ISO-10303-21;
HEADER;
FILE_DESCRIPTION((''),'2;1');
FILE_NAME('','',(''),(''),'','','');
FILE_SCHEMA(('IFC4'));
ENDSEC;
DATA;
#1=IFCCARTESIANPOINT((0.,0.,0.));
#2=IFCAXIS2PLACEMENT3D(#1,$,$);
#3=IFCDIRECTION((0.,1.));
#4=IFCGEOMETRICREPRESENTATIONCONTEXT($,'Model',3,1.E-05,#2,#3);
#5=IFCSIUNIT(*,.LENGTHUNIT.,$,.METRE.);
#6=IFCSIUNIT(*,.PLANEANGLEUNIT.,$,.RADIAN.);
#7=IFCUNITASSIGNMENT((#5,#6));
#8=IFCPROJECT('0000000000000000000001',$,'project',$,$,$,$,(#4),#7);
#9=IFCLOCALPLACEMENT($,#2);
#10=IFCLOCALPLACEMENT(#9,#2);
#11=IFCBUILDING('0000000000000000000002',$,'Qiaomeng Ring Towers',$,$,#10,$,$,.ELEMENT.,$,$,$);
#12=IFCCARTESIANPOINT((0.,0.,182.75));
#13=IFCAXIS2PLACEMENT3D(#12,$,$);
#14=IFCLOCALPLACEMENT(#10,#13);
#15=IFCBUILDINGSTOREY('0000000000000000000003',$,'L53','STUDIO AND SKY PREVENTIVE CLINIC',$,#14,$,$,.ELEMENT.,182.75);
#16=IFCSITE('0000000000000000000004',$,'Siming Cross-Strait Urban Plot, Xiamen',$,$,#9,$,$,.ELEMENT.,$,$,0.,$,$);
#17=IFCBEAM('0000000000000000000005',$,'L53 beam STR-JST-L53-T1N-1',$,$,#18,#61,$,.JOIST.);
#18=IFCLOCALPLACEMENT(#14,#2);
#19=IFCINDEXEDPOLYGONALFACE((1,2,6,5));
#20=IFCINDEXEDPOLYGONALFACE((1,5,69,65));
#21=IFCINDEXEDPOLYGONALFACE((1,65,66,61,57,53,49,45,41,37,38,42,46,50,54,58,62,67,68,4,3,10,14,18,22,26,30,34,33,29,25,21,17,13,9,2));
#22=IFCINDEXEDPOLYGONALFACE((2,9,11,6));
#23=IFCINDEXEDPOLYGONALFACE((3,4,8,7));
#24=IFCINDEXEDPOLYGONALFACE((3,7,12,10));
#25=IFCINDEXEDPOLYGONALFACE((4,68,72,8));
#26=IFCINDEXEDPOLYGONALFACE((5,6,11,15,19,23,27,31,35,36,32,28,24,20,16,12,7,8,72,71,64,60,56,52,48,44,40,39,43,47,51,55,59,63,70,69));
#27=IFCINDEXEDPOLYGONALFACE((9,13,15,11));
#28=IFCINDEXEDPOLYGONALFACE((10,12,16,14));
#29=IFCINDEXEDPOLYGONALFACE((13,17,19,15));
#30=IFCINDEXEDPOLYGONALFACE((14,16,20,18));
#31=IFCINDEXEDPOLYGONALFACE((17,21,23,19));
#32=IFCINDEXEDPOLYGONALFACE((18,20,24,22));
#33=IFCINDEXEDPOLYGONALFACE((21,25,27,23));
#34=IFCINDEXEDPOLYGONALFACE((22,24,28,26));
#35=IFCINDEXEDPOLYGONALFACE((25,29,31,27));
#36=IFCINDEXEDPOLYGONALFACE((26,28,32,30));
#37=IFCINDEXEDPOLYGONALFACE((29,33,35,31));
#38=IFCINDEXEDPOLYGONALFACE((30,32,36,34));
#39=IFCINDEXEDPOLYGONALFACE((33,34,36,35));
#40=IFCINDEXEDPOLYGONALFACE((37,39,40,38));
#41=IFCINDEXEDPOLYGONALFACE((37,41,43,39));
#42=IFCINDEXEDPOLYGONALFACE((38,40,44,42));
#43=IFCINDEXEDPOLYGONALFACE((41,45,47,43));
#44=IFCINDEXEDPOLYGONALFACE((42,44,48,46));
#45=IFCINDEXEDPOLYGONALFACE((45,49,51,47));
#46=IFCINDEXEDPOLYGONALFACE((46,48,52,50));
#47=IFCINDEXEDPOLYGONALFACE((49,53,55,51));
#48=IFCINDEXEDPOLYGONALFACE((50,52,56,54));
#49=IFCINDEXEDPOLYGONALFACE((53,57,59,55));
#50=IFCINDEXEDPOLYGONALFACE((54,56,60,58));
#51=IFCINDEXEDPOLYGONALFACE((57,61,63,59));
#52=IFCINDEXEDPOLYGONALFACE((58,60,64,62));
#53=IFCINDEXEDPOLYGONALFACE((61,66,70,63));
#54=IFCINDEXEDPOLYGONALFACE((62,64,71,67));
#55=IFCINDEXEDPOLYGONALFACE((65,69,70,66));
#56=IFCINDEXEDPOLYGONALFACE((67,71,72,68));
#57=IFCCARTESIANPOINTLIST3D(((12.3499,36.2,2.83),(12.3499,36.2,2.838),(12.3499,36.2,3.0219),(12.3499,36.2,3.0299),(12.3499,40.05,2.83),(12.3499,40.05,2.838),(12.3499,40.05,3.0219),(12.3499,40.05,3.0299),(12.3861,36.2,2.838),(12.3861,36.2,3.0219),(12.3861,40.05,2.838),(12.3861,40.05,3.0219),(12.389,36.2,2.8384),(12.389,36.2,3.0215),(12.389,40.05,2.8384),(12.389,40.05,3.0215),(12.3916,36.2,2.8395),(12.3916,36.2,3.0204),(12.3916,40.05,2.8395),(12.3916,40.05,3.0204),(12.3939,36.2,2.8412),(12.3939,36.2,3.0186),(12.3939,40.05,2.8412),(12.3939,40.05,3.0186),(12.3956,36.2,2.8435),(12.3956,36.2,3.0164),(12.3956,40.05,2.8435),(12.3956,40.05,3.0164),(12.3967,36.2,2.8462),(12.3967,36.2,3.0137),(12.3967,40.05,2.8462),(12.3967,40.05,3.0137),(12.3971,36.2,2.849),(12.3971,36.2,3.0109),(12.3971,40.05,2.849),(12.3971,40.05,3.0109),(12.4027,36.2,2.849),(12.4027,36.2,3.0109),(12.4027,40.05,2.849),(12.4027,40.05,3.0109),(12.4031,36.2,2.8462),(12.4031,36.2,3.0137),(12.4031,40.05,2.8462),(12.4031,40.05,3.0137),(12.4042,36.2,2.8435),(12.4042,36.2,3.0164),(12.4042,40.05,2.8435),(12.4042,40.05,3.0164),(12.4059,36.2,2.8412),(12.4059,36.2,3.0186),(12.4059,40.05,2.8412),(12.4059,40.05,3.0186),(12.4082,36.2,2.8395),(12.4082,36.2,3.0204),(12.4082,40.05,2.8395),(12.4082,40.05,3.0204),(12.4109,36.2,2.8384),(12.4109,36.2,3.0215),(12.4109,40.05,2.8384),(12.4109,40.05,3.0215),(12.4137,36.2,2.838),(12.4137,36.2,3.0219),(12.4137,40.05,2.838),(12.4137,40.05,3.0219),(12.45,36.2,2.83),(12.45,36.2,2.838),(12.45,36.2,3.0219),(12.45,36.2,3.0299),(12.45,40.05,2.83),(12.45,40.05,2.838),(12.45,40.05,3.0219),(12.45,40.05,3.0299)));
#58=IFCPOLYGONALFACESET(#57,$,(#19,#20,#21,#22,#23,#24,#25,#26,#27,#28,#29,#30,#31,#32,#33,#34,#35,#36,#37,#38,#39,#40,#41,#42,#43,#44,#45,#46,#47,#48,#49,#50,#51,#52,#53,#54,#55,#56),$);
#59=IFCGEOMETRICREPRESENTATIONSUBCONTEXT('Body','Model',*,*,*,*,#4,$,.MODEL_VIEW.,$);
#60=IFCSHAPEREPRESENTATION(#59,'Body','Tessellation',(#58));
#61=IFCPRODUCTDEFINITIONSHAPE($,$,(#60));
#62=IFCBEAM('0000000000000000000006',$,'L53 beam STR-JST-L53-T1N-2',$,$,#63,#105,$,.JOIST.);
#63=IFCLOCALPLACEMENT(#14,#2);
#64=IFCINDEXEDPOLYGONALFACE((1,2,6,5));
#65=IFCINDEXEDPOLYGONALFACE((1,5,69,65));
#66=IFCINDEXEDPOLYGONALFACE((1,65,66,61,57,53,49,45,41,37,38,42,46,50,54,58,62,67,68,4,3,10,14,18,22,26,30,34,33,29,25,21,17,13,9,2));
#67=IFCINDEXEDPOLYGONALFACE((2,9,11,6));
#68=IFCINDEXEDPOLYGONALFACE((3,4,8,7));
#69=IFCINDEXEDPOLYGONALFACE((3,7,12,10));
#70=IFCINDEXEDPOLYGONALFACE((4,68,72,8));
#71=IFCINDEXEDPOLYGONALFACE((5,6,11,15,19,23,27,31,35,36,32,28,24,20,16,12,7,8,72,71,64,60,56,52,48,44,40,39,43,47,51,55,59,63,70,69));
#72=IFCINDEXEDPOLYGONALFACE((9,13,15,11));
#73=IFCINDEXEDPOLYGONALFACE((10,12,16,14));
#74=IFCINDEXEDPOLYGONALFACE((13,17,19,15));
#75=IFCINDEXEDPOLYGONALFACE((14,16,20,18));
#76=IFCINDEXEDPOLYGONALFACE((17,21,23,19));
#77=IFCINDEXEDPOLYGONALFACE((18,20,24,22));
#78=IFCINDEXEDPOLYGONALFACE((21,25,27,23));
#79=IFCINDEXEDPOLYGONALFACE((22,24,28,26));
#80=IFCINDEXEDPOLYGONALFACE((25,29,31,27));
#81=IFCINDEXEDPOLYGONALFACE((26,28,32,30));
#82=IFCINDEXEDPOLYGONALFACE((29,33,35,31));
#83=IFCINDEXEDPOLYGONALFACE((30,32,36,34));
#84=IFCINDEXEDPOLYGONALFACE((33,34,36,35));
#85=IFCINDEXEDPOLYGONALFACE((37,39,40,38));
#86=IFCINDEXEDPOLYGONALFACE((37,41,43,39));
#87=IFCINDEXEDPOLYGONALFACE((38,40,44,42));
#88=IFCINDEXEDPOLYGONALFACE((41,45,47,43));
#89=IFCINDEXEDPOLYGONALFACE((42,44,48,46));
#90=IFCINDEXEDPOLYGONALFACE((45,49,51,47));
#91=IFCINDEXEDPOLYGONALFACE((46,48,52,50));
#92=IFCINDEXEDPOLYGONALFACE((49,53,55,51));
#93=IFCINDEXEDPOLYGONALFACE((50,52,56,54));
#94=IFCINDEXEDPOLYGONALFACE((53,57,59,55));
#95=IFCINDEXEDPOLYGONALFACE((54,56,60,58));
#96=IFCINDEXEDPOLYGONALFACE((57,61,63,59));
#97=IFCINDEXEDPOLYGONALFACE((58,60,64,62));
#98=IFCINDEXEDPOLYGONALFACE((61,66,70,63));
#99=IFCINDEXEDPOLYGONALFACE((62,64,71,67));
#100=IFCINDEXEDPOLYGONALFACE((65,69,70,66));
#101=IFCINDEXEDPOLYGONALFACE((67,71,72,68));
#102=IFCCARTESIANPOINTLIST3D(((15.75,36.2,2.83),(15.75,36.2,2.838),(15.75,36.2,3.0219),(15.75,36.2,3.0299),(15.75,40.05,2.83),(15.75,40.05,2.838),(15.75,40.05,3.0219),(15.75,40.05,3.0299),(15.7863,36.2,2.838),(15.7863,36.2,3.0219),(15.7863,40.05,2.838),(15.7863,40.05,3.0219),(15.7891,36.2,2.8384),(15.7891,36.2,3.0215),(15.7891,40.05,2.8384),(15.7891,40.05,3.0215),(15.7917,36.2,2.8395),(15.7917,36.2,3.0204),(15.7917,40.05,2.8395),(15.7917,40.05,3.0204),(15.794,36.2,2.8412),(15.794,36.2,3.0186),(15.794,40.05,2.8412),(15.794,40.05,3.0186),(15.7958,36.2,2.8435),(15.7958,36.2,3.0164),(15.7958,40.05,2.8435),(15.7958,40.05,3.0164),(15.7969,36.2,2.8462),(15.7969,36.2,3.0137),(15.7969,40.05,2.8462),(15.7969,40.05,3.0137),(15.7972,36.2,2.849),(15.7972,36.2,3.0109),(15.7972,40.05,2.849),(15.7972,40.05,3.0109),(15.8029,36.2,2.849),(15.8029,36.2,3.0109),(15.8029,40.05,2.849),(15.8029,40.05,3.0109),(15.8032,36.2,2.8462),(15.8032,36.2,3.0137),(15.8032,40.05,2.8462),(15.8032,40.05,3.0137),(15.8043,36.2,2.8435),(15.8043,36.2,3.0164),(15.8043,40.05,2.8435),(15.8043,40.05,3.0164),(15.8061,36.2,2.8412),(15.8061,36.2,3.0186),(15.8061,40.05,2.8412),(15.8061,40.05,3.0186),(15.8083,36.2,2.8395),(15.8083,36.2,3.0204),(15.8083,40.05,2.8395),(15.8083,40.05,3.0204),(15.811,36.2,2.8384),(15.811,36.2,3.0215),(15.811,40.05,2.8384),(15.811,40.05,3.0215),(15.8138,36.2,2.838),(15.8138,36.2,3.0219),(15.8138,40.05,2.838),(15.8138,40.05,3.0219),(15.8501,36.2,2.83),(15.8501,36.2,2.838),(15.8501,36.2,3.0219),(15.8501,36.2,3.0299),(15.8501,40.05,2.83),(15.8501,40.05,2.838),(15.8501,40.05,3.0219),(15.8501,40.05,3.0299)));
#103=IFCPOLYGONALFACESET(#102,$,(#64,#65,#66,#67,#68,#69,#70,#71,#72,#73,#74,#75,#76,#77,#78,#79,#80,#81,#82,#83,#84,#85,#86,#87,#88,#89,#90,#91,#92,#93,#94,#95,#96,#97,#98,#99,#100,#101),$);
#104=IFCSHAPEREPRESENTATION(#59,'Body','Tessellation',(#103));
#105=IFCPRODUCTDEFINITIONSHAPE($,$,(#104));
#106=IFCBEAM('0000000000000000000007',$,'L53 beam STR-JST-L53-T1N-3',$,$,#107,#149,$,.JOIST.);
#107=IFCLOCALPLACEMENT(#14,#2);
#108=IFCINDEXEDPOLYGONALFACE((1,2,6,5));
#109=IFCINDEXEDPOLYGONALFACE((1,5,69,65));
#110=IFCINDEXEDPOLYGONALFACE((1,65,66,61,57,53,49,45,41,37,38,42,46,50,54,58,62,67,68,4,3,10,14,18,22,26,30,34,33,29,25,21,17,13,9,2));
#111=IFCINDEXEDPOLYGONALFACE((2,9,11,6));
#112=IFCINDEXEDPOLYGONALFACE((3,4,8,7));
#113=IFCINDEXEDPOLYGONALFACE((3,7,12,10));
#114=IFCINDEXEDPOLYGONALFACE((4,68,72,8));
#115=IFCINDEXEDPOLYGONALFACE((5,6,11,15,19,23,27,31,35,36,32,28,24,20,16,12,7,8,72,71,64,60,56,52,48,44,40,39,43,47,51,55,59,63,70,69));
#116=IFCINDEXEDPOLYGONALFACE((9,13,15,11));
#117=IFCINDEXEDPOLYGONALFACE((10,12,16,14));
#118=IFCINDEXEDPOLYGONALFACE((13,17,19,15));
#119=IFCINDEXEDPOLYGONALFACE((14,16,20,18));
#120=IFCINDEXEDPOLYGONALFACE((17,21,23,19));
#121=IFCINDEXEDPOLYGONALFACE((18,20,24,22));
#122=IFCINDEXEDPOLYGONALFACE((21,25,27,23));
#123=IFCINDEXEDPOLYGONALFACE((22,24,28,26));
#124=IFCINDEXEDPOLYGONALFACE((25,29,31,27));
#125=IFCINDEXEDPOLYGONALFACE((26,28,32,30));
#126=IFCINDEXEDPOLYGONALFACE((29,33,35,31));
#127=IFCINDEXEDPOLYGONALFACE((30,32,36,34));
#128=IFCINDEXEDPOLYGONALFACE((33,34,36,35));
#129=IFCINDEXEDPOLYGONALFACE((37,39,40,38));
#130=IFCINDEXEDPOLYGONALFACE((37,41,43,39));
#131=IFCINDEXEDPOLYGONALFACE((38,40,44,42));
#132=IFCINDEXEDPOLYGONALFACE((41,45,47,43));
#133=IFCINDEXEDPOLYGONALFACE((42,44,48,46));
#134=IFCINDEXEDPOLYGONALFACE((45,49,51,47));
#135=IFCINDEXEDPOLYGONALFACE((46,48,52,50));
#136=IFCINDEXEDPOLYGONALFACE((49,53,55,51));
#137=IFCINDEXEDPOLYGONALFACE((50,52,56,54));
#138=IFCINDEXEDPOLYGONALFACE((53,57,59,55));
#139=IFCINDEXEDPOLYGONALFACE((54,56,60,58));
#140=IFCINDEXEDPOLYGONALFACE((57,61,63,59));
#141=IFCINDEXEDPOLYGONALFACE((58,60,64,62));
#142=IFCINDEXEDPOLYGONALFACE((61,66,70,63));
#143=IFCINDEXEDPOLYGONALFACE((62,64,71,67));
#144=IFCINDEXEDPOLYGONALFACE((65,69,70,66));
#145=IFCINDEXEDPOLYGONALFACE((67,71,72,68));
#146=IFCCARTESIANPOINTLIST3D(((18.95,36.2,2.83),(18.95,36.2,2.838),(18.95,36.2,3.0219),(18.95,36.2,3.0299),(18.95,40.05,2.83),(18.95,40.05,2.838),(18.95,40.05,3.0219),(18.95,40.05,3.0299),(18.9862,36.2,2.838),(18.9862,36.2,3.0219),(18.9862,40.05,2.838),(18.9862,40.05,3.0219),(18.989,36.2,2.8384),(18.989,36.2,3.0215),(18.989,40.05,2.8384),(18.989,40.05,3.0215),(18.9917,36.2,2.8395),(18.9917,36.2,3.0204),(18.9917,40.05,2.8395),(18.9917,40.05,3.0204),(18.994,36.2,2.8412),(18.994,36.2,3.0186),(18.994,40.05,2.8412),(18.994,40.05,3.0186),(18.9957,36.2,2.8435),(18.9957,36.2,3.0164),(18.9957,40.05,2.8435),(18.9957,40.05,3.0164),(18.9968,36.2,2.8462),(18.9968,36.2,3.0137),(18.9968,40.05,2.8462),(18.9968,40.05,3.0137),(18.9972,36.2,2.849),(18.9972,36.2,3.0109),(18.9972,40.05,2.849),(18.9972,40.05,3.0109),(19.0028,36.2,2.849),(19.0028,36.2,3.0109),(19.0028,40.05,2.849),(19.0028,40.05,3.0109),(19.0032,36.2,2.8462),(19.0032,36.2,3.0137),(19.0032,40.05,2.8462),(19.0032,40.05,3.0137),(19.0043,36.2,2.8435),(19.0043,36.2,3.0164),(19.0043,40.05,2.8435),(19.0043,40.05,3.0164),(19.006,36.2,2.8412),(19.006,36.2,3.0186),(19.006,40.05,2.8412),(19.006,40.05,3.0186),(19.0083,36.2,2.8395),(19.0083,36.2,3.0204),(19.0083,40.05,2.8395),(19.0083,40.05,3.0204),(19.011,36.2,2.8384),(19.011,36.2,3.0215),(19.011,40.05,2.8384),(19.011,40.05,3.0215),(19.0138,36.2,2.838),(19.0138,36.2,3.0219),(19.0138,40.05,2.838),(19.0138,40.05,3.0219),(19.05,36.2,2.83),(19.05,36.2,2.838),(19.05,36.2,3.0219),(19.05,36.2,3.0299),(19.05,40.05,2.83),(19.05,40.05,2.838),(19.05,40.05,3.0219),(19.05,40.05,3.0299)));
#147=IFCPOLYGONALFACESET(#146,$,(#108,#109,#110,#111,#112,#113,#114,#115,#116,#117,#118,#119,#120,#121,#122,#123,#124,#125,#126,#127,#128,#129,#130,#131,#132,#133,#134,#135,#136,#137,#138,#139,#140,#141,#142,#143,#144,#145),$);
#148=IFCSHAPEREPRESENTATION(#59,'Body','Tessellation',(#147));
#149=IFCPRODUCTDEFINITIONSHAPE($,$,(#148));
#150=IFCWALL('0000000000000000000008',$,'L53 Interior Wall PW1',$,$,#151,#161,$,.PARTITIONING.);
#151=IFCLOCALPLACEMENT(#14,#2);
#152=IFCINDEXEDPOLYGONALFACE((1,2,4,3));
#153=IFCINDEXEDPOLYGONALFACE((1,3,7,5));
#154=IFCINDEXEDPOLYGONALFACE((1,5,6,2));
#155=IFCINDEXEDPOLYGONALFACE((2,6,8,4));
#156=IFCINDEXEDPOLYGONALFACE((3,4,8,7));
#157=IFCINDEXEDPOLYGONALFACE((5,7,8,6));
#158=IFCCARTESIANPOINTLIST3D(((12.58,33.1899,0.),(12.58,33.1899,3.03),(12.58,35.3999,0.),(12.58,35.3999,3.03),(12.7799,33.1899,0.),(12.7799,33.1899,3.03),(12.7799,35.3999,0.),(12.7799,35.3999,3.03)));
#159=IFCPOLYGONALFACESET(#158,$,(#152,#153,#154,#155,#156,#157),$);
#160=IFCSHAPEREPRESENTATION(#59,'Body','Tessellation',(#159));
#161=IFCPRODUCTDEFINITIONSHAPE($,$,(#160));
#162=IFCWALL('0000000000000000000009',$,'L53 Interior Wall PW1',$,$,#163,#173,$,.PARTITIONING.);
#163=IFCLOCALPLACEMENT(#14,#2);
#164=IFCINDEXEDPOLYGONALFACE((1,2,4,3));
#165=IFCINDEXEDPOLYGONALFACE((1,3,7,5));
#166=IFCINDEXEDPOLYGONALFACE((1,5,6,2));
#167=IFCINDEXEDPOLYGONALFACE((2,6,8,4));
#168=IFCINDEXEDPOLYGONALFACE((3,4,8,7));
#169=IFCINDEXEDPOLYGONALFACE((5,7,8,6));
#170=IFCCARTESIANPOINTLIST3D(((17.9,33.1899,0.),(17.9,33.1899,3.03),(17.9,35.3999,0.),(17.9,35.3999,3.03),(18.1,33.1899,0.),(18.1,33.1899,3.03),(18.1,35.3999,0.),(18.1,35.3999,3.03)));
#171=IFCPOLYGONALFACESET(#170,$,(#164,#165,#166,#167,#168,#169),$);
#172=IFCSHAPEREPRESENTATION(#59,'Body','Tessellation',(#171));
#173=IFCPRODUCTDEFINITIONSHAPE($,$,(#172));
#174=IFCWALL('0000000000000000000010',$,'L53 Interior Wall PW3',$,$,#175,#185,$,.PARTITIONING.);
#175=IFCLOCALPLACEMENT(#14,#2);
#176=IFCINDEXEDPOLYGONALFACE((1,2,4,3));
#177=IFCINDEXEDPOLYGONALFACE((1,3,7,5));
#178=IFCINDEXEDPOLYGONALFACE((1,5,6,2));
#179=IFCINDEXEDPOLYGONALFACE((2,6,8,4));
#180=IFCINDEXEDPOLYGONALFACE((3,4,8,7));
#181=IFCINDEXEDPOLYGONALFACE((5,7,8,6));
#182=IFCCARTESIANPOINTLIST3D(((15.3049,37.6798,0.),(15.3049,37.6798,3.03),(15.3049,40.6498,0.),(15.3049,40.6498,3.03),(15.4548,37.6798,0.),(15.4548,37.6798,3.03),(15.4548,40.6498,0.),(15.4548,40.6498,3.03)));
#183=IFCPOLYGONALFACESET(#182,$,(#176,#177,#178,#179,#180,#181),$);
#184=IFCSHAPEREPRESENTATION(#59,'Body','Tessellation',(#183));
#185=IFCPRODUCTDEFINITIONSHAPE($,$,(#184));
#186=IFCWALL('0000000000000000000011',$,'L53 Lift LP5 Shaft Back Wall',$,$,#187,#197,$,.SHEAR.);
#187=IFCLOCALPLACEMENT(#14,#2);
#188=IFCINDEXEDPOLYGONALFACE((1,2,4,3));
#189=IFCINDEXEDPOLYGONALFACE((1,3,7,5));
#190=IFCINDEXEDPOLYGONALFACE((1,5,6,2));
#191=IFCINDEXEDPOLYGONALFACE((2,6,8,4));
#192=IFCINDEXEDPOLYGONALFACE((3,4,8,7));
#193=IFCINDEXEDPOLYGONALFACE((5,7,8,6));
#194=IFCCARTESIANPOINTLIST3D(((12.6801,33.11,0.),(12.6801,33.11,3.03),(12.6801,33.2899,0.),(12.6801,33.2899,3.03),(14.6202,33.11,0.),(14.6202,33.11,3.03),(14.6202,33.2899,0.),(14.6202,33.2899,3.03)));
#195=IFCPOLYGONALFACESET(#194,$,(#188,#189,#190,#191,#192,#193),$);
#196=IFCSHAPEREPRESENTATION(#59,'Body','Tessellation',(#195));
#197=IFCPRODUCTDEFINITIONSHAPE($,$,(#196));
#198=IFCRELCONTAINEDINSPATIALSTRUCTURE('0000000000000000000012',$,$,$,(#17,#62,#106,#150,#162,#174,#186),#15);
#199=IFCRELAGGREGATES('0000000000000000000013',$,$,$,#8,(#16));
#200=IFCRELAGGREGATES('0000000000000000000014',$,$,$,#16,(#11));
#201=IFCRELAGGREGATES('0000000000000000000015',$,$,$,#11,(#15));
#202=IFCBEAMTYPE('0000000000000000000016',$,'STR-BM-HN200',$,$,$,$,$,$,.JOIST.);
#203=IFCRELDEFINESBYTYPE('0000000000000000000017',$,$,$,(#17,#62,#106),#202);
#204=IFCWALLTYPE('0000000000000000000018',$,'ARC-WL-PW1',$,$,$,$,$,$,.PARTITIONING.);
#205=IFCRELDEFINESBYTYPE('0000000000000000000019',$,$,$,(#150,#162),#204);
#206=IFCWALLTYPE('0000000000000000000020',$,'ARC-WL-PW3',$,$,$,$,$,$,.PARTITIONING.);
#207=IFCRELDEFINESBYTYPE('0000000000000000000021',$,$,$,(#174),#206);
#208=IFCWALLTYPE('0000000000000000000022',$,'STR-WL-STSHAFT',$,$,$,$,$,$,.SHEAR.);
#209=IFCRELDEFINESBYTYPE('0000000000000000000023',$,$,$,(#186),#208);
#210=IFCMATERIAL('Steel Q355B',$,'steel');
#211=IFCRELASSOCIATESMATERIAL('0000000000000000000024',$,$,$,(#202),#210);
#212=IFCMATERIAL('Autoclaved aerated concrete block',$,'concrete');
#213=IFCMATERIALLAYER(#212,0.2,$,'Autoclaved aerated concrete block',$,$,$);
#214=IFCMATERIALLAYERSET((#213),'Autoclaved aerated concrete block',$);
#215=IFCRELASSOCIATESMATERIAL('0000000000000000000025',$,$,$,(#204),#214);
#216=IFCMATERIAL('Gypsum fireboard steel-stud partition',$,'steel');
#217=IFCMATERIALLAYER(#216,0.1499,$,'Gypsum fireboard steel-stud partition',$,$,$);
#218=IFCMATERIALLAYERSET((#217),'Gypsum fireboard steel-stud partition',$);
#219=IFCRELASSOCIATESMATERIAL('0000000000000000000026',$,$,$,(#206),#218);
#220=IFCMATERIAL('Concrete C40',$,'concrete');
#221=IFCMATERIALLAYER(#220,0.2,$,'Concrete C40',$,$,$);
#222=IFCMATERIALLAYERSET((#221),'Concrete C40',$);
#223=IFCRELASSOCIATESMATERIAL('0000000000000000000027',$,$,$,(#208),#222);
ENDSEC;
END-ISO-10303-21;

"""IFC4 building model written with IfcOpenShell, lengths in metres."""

from ifc_helpers import new_model, si_unit, direction, frame, frame_2d, origin, origin_2d, place, context, subcontext, project, spatial, rectangle, i_section, extrude, source, transform, mapped, material, layer, layer_set, material_profile, profile_set, type_object, element, save


model = new_model("IFC4")

# Units and contexts
model_context = context("Model", 3, precision=1e-05, world=origin(), true_north=direction((0.0, 1.0)))
body_context = subcontext(model_context, "Body", "Model", "MODEL_VIEW")
ifc_project = project(units=[si_unit("LENGTHUNIT", "METRE"), si_unit("PLANEANGLEUNIT", "RADIAN")], contexts=[model_context])

# Site, building, storey
site_placement = place(None, origin())
site = spatial("IfcSite", under=ifc_project, at=site_placement, Name="Siming Cross-Strait Urban Plot, Xiamen", CompositionType="ELEMENT", RefElevation=0.0)
building_placement = place(site_placement, origin())
building = spatial("IfcBuilding", under=site, at=building_placement, Name="Qiaomeng Ring Towers", CompositionType="ELEMENT")
storey_placement = place(building_placement, frame((0.0, 0.0, 182.75)))
storey = spatial("IfcBuildingStorey", under=building, at=storey_placement, Name="L53", Description="STUDIO AND SKY PREVENTIVE CLINIC", CompositionType="ELEMENT", Elevation=182.75)

# Beams
ifc_material_1 = material(Name="Steel Q355B", Category="steel")
ifc_material_profile_1 = material_profile(ifc_material_1, i_section(OverallWidth=0.1001, OverallDepth=0.2, WebThickness=0.0056, FlangeThickness=0.0081, FilletRadius=0.011, at=origin_2d()), Name="HN 200x100x5.5x8")
ifc_profile_set_1 = profile_set([ifc_material_profile_1], Name="Steel Q355B")
beam_type = type_object("IfcBeamType", Name="STR-BM-HN200", PredefinedType="JOIST", material=ifc_profile_set_1)
shared_shape_1 = source(origin(), body_context, "Body", "SweptSolid", [
    extrude(i_section(OverallWidth=0.1001, OverallDepth=0.2, WebThickness=0.0056, FlangeThickness=0.0081, FilletRadius=0.011, at=origin_2d()), origin(), (0.0, 0.0, 1.0), 3.8501),
])
for number, where, z_axis, x_axis, name in (
    (1, (12.3999, 36.2, 2.9299), (0.0, 1.0, 0.0), (-1.0, 0.0, 0.0), "L53 beam STR-JST-L53-T1N-1"),
    (2, (15.8, 36.2, 2.9299), (0.0, 1.0, 0.0), (-1.0, 0.0, 0.0), "L53 beam STR-JST-L53-T1N-2"),
    (3, (19.0, 36.2, 2.9299), (0.0, 1.0, 0.0), (-1.0, 0.0, 0.0), "L53 beam STR-JST-L53-T1N-3"),
):
    element("IfcBeam", number, at=place(storey_placement, frame(where, z_axis=z_axis, x_axis=x_axis)), inside=storey, type_object=beam_type, Name=name, PredefinedType="JOIST", context=body_context, shape_type="MappedRepresentation", body=[
        mapped(shared_shape_1, transform((0.0, 0.0, 0.0), x_axis=(1.0, 0.0, 0.0), y_axis=(0.0, 1.0, 0.0), z_axis=(0.0, 0.0, 1.0), scale=1.0)),
    ])

# Walls
ifc_material_2 = material(Name="Autoclaved aerated concrete block", Category="concrete")
ifc_layer_1 = layer(ifc_material_2, 0.2, Name="Autoclaved aerated concrete block")
ifc_layer_set_1 = layer_set([ifc_layer_1], Name="Autoclaved aerated concrete block")
wall_type_1 = type_object("IfcWallType", Name="ARC-WL-PW1", PredefinedType="PARTITIONING", material=ifc_layer_set_1)
for number, where, z_axis, x_axis, name in (
    (4, (12.6799, 33.1899, 0.0), (0.0, 0.0, 1.0), (0.0, 1.0, 0.0), "L53 Interior Wall PW1"),
    (5, (18.0, 33.1899, 0.0), (0.0, 0.0, 1.0), (0.0, 1.0, 0.0), "L53 Interior Wall PW1"),
):
    element("IfcWall", number, at=place(storey_placement, frame(where, z_axis=z_axis, x_axis=x_axis)), inside=storey, type_object=wall_type_1, Name=name, PredefinedType="PARTITIONING", context=body_context, shape_type="SweptSolid", body=[
        extrude(rectangle(XDim=2.21, YDim=0.2, at=frame_2d((1.105, 0.0))), origin(), (0.0, 0.0, 1.0), 3.03),
    ])
ifc_material_3 = material(Name="Gypsum fireboard steel-stud partition", Category="steel")
ifc_layer_2 = layer(ifc_material_3, 0.1499, Name="Gypsum fireboard steel-stud partition")
ifc_layer_set_2 = layer_set([ifc_layer_2], Name="Gypsum fireboard steel-stud partition")
wall_type_2 = type_object("IfcWallType", Name="ARC-WL-PW3", PredefinedType="PARTITIONING", material=ifc_layer_set_2)
wall_1_placement = place(storey_placement, frame((15.3799, 37.6799, 0.0), z_axis=(0.0, 0.0, 1.0), x_axis=(0.0, 1.0, 0.0)))
element("IfcWall", 6, at=wall_1_placement, inside=storey, type_object=wall_type_2, Name="L53 Interior Wall PW3", PredefinedType="PARTITIONING", context=body_context, shape_type="SweptSolid", body=[
    extrude(rectangle(XDim=2.97, YDim=0.1499, at=frame_2d((1.4849, 0.0))), origin(), (0.0, 0.0, 1.0), 3.03),
])
ifc_material_4 = material(Name="Concrete C40", Category="concrete")
ifc_layer_3 = layer(ifc_material_4, 0.2, Name="Concrete C40")
ifc_layer_set_3 = layer_set([ifc_layer_3], Name="Concrete C40")
wall_type_3 = type_object("IfcWallType", Name="STR-WL-STSHAFT", PredefinedType="SHEAR", material=ifc_layer_set_3)
wall_2_placement = place(storey_placement, frame((12.6799, 33.2, 0.0), z_axis=(0.0, 0.0, 1.0), x_axis=(1.0, 0.0, 0.0)))
element("IfcWall", 7, at=wall_2_placement, inside=storey, type_object=wall_type_3, Name="L53 Lift LP5 Shaft Back Wall", PredefinedType="SHEAR", context=body_context, shape_type="SweptSolid", body=[
    extrude(rectangle(XDim=1.9402, YDim=0.1799, at=frame_2d((0.9702, 0.0))), origin(), (0.0, 0.0, 1.0), 3.03),
])

save(model, "model.ifc")
